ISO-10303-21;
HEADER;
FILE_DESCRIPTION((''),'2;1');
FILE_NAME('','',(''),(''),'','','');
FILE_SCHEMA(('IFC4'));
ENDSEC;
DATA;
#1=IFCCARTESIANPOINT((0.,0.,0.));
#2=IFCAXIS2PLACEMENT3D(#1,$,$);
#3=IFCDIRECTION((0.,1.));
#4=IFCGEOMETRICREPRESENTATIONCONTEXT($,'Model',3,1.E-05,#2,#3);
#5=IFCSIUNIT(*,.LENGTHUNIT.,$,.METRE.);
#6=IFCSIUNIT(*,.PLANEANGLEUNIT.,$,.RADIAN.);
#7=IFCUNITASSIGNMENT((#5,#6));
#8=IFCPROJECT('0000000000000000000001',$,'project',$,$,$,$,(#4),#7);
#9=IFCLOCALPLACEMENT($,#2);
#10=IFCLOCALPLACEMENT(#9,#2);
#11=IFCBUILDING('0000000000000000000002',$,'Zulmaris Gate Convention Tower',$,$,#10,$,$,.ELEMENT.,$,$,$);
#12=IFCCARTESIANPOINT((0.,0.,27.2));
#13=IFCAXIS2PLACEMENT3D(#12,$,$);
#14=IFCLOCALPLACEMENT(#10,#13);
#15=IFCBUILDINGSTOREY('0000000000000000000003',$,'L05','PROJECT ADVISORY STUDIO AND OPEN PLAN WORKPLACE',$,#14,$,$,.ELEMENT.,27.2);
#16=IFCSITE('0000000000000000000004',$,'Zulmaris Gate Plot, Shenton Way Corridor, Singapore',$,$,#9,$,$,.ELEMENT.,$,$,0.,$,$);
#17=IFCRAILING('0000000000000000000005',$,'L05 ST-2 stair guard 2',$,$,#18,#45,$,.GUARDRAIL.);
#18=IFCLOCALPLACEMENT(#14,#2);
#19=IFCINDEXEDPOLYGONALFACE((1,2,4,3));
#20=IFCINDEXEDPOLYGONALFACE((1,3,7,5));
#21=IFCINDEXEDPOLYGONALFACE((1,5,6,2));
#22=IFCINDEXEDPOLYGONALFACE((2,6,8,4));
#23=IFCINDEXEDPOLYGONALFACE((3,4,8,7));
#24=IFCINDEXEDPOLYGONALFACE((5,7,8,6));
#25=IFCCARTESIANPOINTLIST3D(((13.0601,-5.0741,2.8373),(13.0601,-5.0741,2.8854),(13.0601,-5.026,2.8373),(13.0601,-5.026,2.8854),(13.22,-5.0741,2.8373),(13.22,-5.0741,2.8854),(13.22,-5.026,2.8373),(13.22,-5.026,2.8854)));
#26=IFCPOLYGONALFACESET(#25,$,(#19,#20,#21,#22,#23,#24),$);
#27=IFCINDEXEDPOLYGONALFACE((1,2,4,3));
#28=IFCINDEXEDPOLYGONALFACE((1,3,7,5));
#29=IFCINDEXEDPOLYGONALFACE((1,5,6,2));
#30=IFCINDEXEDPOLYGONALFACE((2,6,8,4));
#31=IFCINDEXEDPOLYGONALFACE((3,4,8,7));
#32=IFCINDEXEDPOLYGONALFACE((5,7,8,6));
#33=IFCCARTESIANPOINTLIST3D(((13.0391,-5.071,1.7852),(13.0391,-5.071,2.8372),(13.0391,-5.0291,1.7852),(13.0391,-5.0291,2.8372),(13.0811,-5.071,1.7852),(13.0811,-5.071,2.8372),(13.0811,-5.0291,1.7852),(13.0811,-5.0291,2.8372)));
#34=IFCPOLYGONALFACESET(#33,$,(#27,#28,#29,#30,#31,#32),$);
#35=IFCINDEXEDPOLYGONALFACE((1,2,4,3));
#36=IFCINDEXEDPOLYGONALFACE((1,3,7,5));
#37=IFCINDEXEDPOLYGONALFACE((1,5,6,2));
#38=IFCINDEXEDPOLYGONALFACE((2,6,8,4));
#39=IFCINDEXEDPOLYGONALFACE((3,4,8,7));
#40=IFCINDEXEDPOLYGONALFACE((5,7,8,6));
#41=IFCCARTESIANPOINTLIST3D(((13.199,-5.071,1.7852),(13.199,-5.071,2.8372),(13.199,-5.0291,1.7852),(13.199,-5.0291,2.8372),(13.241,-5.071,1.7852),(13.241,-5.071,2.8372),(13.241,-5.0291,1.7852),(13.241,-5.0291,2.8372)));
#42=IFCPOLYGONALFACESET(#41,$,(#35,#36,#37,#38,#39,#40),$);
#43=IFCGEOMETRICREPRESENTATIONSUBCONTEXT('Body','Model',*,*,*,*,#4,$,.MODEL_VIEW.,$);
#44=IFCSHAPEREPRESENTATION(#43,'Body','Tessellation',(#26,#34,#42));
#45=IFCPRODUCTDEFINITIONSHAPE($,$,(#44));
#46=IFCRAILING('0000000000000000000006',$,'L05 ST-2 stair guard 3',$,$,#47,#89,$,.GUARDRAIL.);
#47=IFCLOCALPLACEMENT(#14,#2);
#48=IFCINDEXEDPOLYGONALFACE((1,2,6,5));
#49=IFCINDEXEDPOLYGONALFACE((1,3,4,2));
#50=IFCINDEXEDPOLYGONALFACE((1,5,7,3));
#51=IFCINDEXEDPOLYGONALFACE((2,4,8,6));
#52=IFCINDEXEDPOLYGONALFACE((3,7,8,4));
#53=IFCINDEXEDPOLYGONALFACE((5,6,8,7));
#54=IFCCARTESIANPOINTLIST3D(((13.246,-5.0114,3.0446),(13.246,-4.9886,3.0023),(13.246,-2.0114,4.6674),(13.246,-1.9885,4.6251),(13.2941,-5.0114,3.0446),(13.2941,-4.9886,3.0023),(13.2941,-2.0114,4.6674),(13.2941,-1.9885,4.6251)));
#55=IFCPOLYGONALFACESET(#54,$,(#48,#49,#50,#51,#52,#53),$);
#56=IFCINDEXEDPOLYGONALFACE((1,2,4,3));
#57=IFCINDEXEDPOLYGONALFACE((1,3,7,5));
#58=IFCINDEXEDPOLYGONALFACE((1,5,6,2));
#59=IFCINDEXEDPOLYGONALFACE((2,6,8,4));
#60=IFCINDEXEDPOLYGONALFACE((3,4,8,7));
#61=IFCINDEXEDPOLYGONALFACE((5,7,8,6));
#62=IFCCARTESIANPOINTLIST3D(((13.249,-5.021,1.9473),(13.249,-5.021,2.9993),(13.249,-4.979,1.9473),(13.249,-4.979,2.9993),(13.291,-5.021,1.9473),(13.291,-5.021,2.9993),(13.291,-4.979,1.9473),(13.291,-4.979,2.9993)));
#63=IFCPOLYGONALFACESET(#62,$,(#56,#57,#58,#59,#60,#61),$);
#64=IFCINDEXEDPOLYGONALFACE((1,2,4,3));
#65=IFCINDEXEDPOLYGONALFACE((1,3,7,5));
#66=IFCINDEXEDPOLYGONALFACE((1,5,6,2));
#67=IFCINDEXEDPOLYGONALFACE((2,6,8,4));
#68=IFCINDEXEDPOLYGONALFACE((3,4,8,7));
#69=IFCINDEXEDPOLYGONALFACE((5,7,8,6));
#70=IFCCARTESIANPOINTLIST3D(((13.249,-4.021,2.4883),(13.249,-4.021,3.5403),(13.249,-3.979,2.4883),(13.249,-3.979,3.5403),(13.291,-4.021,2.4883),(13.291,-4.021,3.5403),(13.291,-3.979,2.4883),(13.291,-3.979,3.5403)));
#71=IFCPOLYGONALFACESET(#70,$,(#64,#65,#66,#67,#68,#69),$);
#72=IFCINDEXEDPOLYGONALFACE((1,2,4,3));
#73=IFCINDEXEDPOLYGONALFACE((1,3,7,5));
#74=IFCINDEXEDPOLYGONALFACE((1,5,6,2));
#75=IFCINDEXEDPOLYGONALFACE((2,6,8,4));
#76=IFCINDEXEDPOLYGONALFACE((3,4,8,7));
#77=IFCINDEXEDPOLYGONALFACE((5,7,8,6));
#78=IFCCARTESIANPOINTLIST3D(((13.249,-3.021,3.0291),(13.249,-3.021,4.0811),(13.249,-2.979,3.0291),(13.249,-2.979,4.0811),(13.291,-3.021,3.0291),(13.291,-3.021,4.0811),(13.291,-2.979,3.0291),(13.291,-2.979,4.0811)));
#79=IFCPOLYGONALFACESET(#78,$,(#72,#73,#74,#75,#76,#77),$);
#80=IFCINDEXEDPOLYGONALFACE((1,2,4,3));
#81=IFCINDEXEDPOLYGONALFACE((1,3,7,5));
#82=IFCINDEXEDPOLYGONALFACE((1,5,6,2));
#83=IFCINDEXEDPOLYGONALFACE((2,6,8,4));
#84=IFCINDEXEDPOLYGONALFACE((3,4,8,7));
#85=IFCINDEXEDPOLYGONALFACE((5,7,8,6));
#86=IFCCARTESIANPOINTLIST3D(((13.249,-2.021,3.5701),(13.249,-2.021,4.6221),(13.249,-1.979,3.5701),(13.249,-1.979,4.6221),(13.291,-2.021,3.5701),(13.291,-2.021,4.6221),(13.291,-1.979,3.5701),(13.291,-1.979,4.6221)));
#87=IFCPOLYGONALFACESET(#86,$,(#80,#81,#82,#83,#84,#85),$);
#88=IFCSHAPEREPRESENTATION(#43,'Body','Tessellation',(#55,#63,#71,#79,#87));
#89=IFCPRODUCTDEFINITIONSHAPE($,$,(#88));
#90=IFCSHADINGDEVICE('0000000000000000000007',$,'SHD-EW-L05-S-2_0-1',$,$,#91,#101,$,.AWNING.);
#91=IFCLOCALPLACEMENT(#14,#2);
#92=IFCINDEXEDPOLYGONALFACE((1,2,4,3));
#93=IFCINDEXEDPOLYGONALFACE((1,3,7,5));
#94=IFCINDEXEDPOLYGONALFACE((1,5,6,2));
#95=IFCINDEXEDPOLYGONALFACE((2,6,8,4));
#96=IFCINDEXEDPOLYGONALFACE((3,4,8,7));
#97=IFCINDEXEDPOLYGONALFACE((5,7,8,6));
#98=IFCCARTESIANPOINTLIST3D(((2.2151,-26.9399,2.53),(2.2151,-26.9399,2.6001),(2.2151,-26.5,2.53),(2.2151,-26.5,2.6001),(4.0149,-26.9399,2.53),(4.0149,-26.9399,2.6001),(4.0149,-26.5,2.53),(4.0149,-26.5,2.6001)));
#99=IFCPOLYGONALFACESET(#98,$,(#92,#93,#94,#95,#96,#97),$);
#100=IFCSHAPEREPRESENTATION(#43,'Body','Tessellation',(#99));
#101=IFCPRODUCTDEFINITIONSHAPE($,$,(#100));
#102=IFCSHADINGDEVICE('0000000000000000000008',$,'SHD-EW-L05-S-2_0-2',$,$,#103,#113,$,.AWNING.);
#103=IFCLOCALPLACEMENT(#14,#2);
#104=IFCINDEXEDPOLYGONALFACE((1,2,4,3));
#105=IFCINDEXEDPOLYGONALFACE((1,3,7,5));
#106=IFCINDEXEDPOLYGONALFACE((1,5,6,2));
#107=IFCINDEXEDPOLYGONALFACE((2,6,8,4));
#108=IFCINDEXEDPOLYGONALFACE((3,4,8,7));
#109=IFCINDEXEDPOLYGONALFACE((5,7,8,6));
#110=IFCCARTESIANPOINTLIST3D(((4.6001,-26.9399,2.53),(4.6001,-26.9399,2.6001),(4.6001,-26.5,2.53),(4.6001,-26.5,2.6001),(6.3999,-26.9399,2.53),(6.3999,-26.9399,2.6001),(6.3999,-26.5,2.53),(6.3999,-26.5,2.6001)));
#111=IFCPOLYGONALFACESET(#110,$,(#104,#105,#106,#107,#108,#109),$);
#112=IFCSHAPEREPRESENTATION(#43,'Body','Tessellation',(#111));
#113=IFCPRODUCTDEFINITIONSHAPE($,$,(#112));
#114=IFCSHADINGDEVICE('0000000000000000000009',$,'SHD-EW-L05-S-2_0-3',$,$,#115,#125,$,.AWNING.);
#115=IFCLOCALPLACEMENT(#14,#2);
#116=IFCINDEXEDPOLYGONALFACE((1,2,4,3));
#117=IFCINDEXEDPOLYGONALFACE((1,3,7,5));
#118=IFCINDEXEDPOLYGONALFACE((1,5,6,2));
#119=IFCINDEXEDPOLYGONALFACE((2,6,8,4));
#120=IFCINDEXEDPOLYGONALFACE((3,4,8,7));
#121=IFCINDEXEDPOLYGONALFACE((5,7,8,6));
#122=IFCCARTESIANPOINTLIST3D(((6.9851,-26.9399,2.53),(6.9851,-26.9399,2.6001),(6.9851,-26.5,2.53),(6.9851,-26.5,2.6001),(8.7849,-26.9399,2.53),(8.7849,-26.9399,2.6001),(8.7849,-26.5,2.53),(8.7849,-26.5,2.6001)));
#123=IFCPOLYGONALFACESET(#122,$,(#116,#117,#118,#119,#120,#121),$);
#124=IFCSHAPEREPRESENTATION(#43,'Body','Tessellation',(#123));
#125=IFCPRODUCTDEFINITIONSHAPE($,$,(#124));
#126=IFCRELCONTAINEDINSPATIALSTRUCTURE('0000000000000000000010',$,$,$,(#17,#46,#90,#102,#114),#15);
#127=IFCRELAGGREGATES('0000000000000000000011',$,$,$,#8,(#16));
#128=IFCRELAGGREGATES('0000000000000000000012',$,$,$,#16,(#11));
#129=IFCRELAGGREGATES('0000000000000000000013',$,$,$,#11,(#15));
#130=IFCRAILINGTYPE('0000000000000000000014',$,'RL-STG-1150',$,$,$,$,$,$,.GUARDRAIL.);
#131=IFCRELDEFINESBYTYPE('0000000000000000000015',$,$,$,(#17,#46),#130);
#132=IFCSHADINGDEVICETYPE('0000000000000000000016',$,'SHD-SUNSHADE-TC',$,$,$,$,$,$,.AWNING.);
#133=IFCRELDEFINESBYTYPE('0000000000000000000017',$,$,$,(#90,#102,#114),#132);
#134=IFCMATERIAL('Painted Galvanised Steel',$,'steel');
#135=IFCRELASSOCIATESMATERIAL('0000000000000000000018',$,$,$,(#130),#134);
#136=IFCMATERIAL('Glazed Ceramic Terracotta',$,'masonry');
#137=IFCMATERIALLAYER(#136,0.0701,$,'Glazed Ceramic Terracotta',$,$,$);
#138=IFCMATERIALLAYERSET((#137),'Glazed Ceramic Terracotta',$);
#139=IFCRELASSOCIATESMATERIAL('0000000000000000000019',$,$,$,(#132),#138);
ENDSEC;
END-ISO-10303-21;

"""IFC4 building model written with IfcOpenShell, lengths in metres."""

from ifc_helpers import new_model, si_unit, direction, frame, frame_2d, origin, origin_2d, place, context, subcontext, project, spatial, rectangle, extrude, material, layer, layer_set, type_object, element, save


model = new_model("IFC4")

# Units and contexts
model_context = context("Model", 3, precision=1e-05, world=origin(), true_north=direction((0.0, 1.0)))
body_context = subcontext(model_context, "Body", "Model", "MODEL_VIEW")
ifc_project = project(units=[si_unit("LENGTHUNIT", "METRE"), si_unit("PLANEANGLEUNIT", "RADIAN")], contexts=[model_context])

# Site, building, storey
site_placement = place(None, origin())
site = spatial("IfcSite", under=ifc_project, at=site_placement, Name="Zulmaris Gate Plot, Shenton Way Corridor, Singapore", CompositionType="ELEMENT", RefElevation=0.0)
building_placement = place(site_placement, origin())
building = spatial("IfcBuilding", under=site, at=building_placement, Name="Zulmaris Gate Convention Tower", CompositionType="ELEMENT")
storey_placement = place(building_placement, frame((0.0, 0.0, 27.2)))
storey = spatial("IfcBuildingStorey", under=building, at=storey_placement, Name="L05", Description="PROJECT ADVISORY STUDIO AND OPEN PLAN WORKPLACE", CompositionType="ELEMENT", Elevation=27.2)

# Railings
ifc_material_1 = material(Name="Painted Galvanised Steel", Category="steel")
railing_type = type_object("IfcRailingType", Name="RL-STG-1150", PredefinedType="GUARDRAIL", material=ifc_material_1)
railing_1_placement = place(storey_placement, frame((13.0601, -5.05, 1.7852)))
element("IfcRailing", 1, at=railing_1_placement, inside=storey, type_object=railing_type, Name="L05 ST-2 stair guard 2", PredefinedType="GUARDRAIL", context=body_context, shape_type="SweptSolid", body=[
    extrude(rectangle(XDim=0.0481, YDim=0.0481, at=origin_2d()), frame((0.0, 0.0, 1.0762), z_axis=(1.0, 0.0, 0.0), x_axis=(0.0, 1.0, 0.0)), (0.0, 0.0, 1.0), 0.1599),
    extrude(rectangle(XDim=0.042, YDim=0.042, at=origin_2d()), origin(), (0.0, 0.0, 1.0), 1.052),
    extrude(rectangle(XDim=0.042, YDim=0.042, at=origin_2d()), frame((0.1599, 0.0, 0.0)), (0.0, 0.0, 1.0), 1.052),
])
railing_2_placement = place(storey_placement, frame((13.27, -5.0, 1.9473)))
element("IfcRailing", 2, at=railing_2_placement, inside=storey, type_object=railing_type, Name="L05 ST-2 stair guard 3", PredefinedType="GUARDRAIL", context=body_context, shape_type="SweptSolid", body=[
    extrude(rectangle(XDim=0.0481, YDim=0.0481, at=origin_2d()), frame((0.0, 0.0, 1.0762), z_axis=(0.0, 0.879562, 0.475785), x_axis=(-1.0, 0.0, 0.0)), (0.0, 0.0, 1.0), 3.4109),
    extrude(rectangle(XDim=0.042, YDim=0.042, at=origin_2d()), origin(), (0.0, 0.0, 1.0), 1.052),
    extrude(rectangle(XDim=0.042, YDim=0.042, at=origin_2d()), frame((0.0, 1.0, 0.541)), (0.0, 0.0, 1.0), 1.052),
    extrude(rectangle(XDim=0.042, YDim=0.042, at=origin_2d()), frame((0.0, 2.0, 1.0818)), (0.0, 0.0, 1.0), 1.052),
    extrude(rectangle(XDim=0.042, YDim=0.042, at=origin_2d()), frame((0.0, 3.0, 1.6228)), (0.0, 0.0, 1.0), 1.052),
])

# Shading devices
ifc_material_2 = material(Name="Glazed Ceramic Terracotta", Category="masonry")
ifc_layer_1 = layer(ifc_material_2, 0.0701, Name="Glazed Ceramic Terracotta")
ifc_layer_set_1 = layer_set([ifc_layer_1], Name="Glazed Ceramic Terracotta")
shading_device_type = type_object("IfcShadingDeviceType", Name="SHD-SUNSHADE-TC", PredefinedType="AWNING", material=ifc_layer_set_1)
for number, where, z_axis, x_axis, name in (
    (3, (2.2151, -26.72, 2.53), (0.0, 0.0, 1.0), (1.0, 0.0, 0.0), "SHD-EW-L05-S-2_0-1"),
    (4, (4.6001, -26.72, 2.53), (0.0, 0.0, 1.0), (1.0, 0.0, 0.0), "SHD-EW-L05-S-2_0-2"),
    (5, (6.9851, -26.72, 2.53), (0.0, 0.0, 1.0), (1.0, 0.0, 0.0), "SHD-EW-L05-S-2_0-3"),
):
    element("IfcShadingDevice", number, at=place(storey_placement, frame(where, z_axis=z_axis, x_axis=x_axis)), inside=storey, type_object=shading_device_type, Name=name, PredefinedType="AWNING", context=body_context, shape_type="SweptSolid", body=[
        extrude(rectangle(XDim=1.7998, YDim=0.4399, at=frame_2d((0.8999, 0.0))), origin(), (0.0, 0.0, 1.0), 0.0701),
    ])

save(model, "model.ifc")
